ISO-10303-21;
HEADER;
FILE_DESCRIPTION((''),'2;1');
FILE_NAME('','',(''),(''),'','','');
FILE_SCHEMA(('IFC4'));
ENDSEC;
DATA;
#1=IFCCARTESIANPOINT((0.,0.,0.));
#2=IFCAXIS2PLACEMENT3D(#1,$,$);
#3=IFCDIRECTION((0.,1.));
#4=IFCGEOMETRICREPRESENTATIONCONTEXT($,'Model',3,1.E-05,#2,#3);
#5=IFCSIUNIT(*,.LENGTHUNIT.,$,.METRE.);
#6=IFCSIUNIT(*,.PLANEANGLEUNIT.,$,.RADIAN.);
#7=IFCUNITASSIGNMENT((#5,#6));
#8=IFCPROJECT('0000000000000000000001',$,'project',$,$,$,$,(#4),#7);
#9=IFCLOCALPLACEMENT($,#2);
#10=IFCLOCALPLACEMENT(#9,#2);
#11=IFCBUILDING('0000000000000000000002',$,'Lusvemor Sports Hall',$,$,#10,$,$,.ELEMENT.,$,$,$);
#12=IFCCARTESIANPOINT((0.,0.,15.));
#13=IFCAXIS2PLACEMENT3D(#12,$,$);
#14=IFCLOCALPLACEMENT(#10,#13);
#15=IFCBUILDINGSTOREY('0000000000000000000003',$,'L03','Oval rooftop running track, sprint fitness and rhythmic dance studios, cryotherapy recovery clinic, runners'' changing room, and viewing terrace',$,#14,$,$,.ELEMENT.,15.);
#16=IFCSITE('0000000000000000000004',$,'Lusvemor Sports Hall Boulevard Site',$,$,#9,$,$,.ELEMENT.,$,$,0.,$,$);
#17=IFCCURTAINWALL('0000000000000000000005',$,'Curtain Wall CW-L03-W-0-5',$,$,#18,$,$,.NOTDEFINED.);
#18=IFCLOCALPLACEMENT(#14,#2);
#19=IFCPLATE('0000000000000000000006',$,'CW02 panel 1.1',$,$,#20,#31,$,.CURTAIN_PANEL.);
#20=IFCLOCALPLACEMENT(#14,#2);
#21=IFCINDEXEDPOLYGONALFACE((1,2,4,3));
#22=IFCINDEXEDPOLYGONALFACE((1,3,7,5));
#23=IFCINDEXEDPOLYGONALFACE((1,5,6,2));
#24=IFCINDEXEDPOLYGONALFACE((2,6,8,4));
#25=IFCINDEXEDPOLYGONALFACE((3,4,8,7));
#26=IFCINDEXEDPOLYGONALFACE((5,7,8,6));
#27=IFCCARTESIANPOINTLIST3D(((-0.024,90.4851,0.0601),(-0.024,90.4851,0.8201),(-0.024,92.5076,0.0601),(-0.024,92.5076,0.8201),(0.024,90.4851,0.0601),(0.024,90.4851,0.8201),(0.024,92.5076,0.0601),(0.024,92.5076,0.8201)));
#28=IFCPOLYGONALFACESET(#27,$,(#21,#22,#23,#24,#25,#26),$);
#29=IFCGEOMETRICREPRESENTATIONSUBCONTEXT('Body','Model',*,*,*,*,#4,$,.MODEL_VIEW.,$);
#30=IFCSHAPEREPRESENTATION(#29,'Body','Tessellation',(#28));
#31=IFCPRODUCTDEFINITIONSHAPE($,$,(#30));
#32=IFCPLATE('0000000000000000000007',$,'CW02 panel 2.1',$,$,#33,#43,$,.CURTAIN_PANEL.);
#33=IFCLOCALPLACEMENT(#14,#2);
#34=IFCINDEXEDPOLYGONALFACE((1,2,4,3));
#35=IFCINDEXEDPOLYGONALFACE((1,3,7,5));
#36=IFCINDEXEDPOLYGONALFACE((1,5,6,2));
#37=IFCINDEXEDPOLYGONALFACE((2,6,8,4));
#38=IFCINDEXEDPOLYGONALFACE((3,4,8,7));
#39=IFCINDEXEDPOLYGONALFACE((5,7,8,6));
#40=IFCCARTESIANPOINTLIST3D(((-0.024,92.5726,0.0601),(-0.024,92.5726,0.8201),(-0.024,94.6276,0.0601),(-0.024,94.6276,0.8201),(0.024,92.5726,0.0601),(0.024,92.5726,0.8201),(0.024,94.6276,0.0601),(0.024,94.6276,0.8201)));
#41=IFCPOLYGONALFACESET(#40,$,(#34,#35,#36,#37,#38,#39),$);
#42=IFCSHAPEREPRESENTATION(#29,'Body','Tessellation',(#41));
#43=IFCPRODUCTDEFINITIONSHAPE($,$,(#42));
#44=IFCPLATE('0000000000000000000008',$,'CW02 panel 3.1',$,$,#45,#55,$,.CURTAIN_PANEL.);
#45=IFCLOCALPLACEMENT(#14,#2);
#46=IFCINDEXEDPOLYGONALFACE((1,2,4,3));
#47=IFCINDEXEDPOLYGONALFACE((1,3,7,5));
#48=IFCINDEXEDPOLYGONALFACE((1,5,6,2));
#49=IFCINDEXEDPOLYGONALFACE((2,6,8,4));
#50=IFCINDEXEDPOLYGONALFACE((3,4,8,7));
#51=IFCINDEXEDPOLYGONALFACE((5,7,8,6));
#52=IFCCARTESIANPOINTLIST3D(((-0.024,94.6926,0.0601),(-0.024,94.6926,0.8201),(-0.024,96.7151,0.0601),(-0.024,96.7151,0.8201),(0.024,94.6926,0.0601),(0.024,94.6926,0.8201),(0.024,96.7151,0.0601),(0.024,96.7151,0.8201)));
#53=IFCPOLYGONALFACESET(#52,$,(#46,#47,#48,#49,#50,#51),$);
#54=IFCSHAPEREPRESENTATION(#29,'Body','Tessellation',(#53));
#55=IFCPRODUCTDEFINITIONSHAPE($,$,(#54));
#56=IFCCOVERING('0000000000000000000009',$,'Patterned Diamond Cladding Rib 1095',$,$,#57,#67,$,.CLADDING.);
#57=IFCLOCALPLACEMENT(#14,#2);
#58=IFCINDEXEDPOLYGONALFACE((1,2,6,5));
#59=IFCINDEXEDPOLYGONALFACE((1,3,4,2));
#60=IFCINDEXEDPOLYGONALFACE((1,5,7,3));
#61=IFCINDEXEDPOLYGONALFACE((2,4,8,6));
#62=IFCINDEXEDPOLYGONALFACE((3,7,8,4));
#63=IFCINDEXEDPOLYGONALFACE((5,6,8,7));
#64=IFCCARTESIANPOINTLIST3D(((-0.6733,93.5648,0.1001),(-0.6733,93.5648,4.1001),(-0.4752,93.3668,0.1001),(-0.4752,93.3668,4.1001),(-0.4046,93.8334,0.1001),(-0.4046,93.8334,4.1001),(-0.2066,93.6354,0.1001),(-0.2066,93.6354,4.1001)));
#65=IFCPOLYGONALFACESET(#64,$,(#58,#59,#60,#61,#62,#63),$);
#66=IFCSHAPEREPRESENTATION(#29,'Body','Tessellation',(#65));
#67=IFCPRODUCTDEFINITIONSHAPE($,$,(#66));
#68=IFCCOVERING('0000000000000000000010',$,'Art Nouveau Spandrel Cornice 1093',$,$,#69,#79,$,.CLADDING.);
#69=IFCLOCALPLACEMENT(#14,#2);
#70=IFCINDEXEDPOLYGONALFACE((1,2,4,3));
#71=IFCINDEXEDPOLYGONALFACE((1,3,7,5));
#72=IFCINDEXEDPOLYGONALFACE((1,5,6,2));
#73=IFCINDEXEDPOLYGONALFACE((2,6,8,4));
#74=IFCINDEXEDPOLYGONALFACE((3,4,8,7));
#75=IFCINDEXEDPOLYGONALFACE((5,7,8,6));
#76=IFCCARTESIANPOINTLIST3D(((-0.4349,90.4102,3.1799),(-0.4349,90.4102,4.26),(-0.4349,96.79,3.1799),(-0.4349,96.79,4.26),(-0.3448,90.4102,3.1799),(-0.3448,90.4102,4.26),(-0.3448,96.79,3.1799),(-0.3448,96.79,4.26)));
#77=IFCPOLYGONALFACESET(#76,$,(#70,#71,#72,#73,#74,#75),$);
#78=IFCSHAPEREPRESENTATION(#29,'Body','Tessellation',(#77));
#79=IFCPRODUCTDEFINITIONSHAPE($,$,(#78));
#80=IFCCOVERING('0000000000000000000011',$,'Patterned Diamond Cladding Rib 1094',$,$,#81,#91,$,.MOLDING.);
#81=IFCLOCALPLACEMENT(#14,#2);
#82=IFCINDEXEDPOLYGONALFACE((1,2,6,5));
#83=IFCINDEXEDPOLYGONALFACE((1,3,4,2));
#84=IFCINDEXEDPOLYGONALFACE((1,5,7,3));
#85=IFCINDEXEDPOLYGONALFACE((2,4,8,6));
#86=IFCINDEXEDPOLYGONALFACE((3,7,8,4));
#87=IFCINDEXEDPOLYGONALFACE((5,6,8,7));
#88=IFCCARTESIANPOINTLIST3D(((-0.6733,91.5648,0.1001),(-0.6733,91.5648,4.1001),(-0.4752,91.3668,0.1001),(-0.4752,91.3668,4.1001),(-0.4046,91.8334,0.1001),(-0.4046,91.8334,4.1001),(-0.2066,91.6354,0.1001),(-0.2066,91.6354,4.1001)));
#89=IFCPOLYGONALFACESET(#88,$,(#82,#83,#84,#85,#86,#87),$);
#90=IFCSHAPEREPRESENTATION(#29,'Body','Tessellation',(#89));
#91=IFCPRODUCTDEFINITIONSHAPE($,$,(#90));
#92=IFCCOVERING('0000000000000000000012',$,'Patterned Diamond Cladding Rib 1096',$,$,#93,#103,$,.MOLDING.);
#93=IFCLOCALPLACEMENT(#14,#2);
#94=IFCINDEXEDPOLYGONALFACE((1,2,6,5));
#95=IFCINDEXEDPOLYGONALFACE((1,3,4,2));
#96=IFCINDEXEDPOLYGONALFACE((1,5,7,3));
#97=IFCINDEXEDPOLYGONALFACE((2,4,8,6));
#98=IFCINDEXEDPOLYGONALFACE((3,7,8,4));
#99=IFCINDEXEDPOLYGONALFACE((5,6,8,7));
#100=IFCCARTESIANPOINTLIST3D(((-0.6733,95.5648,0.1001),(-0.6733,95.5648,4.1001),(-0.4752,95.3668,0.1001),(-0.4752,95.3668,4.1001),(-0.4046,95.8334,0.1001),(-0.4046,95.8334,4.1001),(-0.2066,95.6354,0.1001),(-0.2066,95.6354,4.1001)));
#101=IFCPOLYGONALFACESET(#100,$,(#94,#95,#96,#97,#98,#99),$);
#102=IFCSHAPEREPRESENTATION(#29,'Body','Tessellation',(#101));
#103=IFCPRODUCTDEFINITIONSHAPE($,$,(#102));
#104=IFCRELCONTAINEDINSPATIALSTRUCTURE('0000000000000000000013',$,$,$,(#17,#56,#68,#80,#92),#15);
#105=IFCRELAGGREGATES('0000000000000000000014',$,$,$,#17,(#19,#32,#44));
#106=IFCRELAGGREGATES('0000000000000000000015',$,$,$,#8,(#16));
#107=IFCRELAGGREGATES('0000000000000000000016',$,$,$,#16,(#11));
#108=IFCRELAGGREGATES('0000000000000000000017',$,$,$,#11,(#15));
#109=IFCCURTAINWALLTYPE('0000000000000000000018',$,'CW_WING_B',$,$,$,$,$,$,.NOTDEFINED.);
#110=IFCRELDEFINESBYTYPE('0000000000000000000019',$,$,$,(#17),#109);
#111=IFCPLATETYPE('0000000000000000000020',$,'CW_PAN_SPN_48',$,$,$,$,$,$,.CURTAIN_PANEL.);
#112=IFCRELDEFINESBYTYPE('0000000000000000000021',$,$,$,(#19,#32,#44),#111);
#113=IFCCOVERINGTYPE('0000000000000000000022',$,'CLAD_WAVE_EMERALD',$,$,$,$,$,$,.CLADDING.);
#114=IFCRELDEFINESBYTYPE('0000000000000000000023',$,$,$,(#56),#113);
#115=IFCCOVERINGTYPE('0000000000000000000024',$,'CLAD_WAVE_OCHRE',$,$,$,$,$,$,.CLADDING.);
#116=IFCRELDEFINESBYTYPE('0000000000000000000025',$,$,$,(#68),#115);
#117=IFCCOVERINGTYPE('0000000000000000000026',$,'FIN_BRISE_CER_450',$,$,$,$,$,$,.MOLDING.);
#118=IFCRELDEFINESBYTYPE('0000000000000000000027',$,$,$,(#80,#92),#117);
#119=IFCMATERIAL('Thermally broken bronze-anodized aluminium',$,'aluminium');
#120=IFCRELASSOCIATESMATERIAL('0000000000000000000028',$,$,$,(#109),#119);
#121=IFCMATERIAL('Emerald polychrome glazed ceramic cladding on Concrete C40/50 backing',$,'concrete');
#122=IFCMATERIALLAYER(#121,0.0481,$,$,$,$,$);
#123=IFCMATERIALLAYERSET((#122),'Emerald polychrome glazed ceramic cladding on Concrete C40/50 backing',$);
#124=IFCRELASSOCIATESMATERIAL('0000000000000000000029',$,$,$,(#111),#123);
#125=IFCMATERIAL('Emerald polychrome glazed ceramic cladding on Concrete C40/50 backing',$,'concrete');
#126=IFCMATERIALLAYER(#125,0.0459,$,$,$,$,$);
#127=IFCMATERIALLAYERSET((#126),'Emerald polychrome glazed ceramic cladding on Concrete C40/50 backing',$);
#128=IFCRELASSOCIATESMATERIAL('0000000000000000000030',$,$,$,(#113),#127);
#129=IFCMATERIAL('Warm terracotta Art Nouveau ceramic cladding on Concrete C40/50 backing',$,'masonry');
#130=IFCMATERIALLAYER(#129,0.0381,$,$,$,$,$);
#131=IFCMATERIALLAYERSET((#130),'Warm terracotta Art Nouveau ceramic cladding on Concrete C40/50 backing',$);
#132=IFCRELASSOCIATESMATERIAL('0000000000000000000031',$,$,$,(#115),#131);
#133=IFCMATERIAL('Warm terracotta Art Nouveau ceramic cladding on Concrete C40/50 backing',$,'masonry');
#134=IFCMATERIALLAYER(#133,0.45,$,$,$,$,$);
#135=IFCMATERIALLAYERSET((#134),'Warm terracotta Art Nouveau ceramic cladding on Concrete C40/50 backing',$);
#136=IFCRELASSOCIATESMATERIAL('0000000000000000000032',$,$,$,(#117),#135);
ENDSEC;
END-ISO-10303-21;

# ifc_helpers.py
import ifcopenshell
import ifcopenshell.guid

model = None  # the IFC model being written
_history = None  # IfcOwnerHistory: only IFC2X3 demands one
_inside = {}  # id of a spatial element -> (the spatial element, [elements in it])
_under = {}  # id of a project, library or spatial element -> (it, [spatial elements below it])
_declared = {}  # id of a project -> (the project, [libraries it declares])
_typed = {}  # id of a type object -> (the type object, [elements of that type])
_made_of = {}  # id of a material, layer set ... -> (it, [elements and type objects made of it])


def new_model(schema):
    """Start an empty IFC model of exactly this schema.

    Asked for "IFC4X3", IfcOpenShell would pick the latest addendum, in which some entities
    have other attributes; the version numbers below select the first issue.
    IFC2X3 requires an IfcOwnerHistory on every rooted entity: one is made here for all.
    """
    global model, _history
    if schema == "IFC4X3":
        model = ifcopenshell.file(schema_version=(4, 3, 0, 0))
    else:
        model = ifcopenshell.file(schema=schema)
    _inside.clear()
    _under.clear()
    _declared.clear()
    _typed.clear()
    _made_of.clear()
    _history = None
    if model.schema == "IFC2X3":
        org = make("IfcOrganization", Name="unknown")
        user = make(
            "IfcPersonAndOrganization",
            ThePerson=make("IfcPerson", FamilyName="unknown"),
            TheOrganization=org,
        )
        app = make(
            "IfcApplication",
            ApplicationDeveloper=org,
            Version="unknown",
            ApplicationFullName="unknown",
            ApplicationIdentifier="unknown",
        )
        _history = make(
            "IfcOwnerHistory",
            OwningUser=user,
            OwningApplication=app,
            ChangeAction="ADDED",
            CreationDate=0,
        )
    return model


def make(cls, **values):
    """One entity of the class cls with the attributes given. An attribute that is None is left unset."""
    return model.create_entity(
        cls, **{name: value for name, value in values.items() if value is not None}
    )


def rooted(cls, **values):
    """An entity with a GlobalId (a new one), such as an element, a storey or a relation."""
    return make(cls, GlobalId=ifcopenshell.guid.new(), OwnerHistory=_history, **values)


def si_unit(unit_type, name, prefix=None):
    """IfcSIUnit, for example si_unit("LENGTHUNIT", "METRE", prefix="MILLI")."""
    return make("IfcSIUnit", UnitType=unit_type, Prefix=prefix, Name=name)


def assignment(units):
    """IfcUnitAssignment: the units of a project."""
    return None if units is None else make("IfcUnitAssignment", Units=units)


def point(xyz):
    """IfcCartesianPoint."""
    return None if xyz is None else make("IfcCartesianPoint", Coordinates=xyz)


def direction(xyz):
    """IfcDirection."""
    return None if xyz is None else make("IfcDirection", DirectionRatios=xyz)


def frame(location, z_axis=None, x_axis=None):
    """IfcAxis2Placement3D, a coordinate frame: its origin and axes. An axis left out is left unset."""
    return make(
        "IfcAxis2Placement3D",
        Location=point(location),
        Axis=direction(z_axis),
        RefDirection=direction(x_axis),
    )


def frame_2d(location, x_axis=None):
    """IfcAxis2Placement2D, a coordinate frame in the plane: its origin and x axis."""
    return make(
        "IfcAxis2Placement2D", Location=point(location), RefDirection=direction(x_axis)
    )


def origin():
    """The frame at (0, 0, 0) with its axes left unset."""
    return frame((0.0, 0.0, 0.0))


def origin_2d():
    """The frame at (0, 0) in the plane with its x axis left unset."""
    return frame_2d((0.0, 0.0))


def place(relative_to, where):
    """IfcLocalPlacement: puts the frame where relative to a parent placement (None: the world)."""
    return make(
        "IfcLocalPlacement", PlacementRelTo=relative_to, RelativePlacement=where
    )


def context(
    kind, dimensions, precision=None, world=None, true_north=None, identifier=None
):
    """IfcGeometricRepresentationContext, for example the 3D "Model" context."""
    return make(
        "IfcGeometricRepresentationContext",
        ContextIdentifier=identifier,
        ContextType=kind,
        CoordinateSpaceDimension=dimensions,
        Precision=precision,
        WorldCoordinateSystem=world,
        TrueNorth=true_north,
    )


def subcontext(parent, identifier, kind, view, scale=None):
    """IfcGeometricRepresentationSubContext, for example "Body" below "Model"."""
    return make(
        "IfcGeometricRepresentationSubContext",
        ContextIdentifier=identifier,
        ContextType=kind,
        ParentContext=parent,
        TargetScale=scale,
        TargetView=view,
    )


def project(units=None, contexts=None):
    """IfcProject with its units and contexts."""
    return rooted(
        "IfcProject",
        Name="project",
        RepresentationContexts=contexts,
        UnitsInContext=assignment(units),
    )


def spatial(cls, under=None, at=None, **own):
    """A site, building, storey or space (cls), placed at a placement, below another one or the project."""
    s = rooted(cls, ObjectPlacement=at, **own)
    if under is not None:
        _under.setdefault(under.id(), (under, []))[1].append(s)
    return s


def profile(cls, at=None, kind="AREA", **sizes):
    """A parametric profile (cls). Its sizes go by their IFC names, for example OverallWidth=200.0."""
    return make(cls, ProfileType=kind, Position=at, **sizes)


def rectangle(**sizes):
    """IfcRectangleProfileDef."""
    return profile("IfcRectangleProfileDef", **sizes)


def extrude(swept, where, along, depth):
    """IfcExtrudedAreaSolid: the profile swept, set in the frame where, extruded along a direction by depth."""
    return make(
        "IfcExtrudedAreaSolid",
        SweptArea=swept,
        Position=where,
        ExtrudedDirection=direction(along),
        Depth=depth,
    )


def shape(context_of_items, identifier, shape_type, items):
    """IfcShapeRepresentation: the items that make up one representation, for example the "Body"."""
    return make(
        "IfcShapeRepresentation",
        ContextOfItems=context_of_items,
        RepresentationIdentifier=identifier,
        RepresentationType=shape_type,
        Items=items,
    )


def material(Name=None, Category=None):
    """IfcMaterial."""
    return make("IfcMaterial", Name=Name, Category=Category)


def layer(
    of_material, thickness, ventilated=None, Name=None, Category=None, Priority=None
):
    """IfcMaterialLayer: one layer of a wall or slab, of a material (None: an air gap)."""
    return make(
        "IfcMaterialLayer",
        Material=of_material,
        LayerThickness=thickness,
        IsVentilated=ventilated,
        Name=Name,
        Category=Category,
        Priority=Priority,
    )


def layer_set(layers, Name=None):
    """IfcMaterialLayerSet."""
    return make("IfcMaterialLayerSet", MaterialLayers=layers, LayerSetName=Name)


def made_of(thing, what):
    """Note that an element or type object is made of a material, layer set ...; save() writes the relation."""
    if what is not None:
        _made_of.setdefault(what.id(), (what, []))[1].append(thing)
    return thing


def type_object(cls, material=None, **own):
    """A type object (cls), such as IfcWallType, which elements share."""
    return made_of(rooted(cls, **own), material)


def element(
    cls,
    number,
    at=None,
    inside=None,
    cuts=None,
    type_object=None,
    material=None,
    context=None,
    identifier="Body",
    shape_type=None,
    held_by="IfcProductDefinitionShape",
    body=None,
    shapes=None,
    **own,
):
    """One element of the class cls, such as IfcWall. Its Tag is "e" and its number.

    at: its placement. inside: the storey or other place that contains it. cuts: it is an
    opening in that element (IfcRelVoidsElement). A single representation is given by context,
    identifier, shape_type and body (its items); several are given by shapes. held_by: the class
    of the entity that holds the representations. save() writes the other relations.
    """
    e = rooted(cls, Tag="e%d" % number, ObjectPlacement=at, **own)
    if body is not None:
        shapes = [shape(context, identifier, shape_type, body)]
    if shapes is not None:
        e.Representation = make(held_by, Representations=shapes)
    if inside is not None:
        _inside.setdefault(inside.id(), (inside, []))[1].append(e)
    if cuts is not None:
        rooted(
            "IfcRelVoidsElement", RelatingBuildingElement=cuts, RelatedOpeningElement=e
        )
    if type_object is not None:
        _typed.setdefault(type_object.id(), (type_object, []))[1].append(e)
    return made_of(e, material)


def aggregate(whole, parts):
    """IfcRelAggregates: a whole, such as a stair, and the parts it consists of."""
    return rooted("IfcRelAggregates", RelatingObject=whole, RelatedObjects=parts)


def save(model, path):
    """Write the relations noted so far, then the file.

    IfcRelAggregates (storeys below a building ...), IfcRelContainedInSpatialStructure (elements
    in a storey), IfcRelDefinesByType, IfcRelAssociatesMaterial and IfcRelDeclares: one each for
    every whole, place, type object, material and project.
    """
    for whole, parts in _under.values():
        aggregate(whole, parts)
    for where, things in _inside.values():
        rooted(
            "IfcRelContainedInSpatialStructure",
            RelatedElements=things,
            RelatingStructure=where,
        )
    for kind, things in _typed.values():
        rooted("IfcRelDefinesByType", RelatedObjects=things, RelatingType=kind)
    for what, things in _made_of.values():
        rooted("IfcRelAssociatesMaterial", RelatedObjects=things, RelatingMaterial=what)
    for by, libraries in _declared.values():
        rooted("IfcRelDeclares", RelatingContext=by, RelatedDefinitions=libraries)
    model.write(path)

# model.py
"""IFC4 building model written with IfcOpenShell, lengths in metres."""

from ifc_helpers import new_model, si_unit, direction, frame, origin, origin_2d, place, context, subcontext, project, spatial, rectangle, extrude, material, layer, layer_set, type_object, element, aggregate, save


model = new_model("IFC4")

# Units and contexts
model_context = context("Model", 3, precision=1e-05, world=origin(), true_north=direction((0.0, 1.0)))
body_context = subcontext(model_context, "Body", "Model", "MODEL_VIEW")
ifc_project = project(units=[si_unit("LENGTHUNIT", "METRE"), si_unit("PLANEANGLEUNIT", "RADIAN")], contexts=[model_context])

# Site, building, storey
site_placement = place(None, origin())
site = spatial("IfcSite", under=ifc_project, at=site_placement, Name="Lusvemor Sports Hall Boulevard Site", CompositionType="ELEMENT", RefElevation=0.0)
building_placement = place(site_placement, origin())
building = spatial("IfcBuilding", under=site, at=building_placement, Name="Lusvemor Sports Hall", CompositionType="ELEMENT")
storey_placement = place(building_placement, frame((0.0, 0.0, 15.0)))
storey = spatial("IfcBuildingStorey", under=building, at=storey_placement, Name="L03", Description="Oval rooftop running track, sprint fitness and rhythmic dance studios, cryotherapy recovery clinic, runners' changing room, and viewing terrace", CompositionType="ELEMENT", Elevation=15.0)

# Curtain wall
ifc_material_1 = material(Name="Thermally broken bronze-anodized aluminium", Category="aluminium")
curtain_wall_type = type_object("IfcCurtainWallType", Name="CW_WING_B", PredefinedType="NOTDEFINED", material=ifc_material_1)
curtain_wall_placement = place(storey_placement, origin())
curtain_wall = element("IfcCurtainWall", 1, at=curtain_wall_placement, inside=storey, type_object=curtain_wall_type, Name="Curtain Wall CW-L03-W-0-5", PredefinedType="NOTDEFINED")

# Plates
ifc_material_2 = material(Name="Emerald polychrome glazed ceramic cladding on Concrete C40/50 backing", Category="concrete")
ifc_layer_1 = layer(ifc_material_2, 0.0481)
ifc_layer_set_1 = layer_set([ifc_layer_1], Name="Emerald polychrome glazed ceramic cladding on Concrete C40/50 backing")
plate_type_1 = type_object("IfcPlateType", Name="CW_PAN_SPN_48", PredefinedType="CURTAIN_PANEL", material=ifc_layer_set_1)
plate_1_placement = place(storey_placement, frame((0.0, 91.4963, 0.0601), z_axis=(0.0, 0.0, 1.0), x_axis=(0.0, 1.0, 0.0)))
plate_1 = element("IfcPlate", 2, at=plate_1_placement, type_object=plate_type_1, Name="CW02 panel 1.1", PredefinedType="CURTAIN_PANEL", context=body_context, shape_type="SweptSolid", body=[
    extrude(rectangle(XDim=2.0225, YDim=0.0481, at=origin_2d()), origin(), (0.0, 0.0, 1.0), 0.76),
])
plate_2_placement = place(storey_placement, frame((0.0, 93.6001, 0.0601), z_axis=(0.0, 0.0, 1.0), x_axis=(0.0, 1.0, 0.0)))
plate_2 = element("IfcPlate", 3, at=plate_2_placement, type_object=plate_type_1, Name="CW02 panel 2.1", PredefinedType="CURTAIN_PANEL", context=body_context, shape_type="SweptSolid", body=[
    extrude(rectangle(XDim=2.0549, YDim=0.0481, at=origin_2d()), origin(), (0.0, 0.0, 1.0), 0.76),
])
plate_3_placement = place(storey_placement, frame((0.0, 95.7039, 0.0601), z_axis=(0.0, 0.0, 1.0), x_axis=(0.0, 1.0, 0.0)))
plate_3 = element("IfcPlate", 4, at=plate_3_placement, type_object=plate_type_1, Name="CW02 panel 3.1", PredefinedType="CURTAIN_PANEL", context=body_context, shape_type="SweptSolid", body=[
    extrude(rectangle(XDim=2.0225, YDim=0.0481, at=origin_2d()), origin(), (0.0, 0.0, 1.0), 0.76),
])
aggregate(curtain_wall, [plate_1, plate_2, plate_3])

# Coverings
ifc_material_3 = material(Name="Emerald polychrome glazed ceramic cladding on Concrete C40/50 backing", Category="concrete")
ifc_layer_2 = layer(ifc_material_3, 0.0459)
ifc_layer_set_2 = layer_set([ifc_layer_2], Name="Emerald polychrome glazed ceramic cladding on Concrete C40/50 backing")
covering_type_1 = type_object("IfcCoveringType", Name="CLAD_WAVE_EMERALD", PredefinedType="CLADDING", material=ifc_layer_set_2)
covering_1_placement = place(storey_placement, frame((-0.4399, 93.6001, 0.1001), z_axis=(0.0, 0.0, 1.0), x_axis=(0.707107, 0.707107, 0.0)))
element("IfcCovering", 5, at=covering_1_placement, inside=storey, type_object=covering_type_1, Name="Patterned Diamond Cladding Rib 1095", PredefinedType="CLADDING", context=body_context, shape_type="SweptSolid", body=[
    extrude(rectangle(XDim=0.3799, YDim=0.28, at=origin_2d()), origin(), (0.0, 0.0, 1.0), 4.0),
])
ifc_material_4 = material(Name="Warm terracotta Art Nouveau ceramic cladding on Concrete C40/50 backing", Category="masonry")
ifc_layer_3 = layer(ifc_material_4, 0.0381)
ifc_layer_set_3 = layer_set([ifc_layer_3], Name="Warm terracotta Art Nouveau ceramic cladding on Concrete C40/50 backing")
covering_type_2 = type_object("IfcCoveringType", Name="CLAD_WAVE_OCHRE", PredefinedType="CLADDING", material=ifc_layer_set_3)
covering_2_placement = place(storey_placement, frame((-0.3899, 93.6001, 3.1799), z_axis=(0.0, 0.0, 1.0), x_axis=(1.0, 0.0, 0.0)))
element("IfcCovering", 6, at=covering_2_placement, inside=storey, type_object=covering_type_2, Name="Art Nouveau Spandrel Cornice 1093", PredefinedType="CLADDING", context=body_context, shape_type="SweptSolid", body=[
    extrude(rectangle(XDim=0.0901, YDim=6.3799, at=origin_2d()), origin(), (0.0, 0.0, 1.0), 1.0801),
])
ifc_material_5 = material(Name="Warm terracotta Art Nouveau ceramic cladding on Concrete C40/50 backing", Category="masonry")
ifc_layer_4 = layer(ifc_material_5, 0.45)
ifc_layer_set_4 = layer_set([ifc_layer_4], Name="Warm terracotta Art Nouveau ceramic cladding on Concrete C40/50 backing")
covering_type_3 = type_object("IfcCoveringType", Name="FIN_BRISE_CER_450", PredefinedType="MOLDING", material=ifc_layer_set_4)
for number, where, z_axis, x_axis, name in (
    (7, (-0.4399, 91.6001, 0.1001), (0.0, 0.0, 1.0), (0.707107, 0.707107, 0.0), "Patterned Diamond Cladding Rib 1094"),
    (8, (-0.4399, 95.6001, 0.1001), (0.0, 0.0, 1.0), (0.707107, 0.707107, 0.0), "Patterned Diamond Cladding Rib 1096"),
):
    element("IfcCovering", number, at=place(storey_placement, frame(where, z_axis=z_axis, x_axis=x_axis)), inside=storey, type_object=covering_type_3, Name=name, PredefinedType="MOLDING", context=body_context, shape_type="SweptSolid", body=[
        extrude(rectangle(XDim=0.3799, YDim=0.28, at=origin_2d()), origin(), (0.0, 0.0, 1.0), 4.0),
    ])

save(model, "model.ifc")
